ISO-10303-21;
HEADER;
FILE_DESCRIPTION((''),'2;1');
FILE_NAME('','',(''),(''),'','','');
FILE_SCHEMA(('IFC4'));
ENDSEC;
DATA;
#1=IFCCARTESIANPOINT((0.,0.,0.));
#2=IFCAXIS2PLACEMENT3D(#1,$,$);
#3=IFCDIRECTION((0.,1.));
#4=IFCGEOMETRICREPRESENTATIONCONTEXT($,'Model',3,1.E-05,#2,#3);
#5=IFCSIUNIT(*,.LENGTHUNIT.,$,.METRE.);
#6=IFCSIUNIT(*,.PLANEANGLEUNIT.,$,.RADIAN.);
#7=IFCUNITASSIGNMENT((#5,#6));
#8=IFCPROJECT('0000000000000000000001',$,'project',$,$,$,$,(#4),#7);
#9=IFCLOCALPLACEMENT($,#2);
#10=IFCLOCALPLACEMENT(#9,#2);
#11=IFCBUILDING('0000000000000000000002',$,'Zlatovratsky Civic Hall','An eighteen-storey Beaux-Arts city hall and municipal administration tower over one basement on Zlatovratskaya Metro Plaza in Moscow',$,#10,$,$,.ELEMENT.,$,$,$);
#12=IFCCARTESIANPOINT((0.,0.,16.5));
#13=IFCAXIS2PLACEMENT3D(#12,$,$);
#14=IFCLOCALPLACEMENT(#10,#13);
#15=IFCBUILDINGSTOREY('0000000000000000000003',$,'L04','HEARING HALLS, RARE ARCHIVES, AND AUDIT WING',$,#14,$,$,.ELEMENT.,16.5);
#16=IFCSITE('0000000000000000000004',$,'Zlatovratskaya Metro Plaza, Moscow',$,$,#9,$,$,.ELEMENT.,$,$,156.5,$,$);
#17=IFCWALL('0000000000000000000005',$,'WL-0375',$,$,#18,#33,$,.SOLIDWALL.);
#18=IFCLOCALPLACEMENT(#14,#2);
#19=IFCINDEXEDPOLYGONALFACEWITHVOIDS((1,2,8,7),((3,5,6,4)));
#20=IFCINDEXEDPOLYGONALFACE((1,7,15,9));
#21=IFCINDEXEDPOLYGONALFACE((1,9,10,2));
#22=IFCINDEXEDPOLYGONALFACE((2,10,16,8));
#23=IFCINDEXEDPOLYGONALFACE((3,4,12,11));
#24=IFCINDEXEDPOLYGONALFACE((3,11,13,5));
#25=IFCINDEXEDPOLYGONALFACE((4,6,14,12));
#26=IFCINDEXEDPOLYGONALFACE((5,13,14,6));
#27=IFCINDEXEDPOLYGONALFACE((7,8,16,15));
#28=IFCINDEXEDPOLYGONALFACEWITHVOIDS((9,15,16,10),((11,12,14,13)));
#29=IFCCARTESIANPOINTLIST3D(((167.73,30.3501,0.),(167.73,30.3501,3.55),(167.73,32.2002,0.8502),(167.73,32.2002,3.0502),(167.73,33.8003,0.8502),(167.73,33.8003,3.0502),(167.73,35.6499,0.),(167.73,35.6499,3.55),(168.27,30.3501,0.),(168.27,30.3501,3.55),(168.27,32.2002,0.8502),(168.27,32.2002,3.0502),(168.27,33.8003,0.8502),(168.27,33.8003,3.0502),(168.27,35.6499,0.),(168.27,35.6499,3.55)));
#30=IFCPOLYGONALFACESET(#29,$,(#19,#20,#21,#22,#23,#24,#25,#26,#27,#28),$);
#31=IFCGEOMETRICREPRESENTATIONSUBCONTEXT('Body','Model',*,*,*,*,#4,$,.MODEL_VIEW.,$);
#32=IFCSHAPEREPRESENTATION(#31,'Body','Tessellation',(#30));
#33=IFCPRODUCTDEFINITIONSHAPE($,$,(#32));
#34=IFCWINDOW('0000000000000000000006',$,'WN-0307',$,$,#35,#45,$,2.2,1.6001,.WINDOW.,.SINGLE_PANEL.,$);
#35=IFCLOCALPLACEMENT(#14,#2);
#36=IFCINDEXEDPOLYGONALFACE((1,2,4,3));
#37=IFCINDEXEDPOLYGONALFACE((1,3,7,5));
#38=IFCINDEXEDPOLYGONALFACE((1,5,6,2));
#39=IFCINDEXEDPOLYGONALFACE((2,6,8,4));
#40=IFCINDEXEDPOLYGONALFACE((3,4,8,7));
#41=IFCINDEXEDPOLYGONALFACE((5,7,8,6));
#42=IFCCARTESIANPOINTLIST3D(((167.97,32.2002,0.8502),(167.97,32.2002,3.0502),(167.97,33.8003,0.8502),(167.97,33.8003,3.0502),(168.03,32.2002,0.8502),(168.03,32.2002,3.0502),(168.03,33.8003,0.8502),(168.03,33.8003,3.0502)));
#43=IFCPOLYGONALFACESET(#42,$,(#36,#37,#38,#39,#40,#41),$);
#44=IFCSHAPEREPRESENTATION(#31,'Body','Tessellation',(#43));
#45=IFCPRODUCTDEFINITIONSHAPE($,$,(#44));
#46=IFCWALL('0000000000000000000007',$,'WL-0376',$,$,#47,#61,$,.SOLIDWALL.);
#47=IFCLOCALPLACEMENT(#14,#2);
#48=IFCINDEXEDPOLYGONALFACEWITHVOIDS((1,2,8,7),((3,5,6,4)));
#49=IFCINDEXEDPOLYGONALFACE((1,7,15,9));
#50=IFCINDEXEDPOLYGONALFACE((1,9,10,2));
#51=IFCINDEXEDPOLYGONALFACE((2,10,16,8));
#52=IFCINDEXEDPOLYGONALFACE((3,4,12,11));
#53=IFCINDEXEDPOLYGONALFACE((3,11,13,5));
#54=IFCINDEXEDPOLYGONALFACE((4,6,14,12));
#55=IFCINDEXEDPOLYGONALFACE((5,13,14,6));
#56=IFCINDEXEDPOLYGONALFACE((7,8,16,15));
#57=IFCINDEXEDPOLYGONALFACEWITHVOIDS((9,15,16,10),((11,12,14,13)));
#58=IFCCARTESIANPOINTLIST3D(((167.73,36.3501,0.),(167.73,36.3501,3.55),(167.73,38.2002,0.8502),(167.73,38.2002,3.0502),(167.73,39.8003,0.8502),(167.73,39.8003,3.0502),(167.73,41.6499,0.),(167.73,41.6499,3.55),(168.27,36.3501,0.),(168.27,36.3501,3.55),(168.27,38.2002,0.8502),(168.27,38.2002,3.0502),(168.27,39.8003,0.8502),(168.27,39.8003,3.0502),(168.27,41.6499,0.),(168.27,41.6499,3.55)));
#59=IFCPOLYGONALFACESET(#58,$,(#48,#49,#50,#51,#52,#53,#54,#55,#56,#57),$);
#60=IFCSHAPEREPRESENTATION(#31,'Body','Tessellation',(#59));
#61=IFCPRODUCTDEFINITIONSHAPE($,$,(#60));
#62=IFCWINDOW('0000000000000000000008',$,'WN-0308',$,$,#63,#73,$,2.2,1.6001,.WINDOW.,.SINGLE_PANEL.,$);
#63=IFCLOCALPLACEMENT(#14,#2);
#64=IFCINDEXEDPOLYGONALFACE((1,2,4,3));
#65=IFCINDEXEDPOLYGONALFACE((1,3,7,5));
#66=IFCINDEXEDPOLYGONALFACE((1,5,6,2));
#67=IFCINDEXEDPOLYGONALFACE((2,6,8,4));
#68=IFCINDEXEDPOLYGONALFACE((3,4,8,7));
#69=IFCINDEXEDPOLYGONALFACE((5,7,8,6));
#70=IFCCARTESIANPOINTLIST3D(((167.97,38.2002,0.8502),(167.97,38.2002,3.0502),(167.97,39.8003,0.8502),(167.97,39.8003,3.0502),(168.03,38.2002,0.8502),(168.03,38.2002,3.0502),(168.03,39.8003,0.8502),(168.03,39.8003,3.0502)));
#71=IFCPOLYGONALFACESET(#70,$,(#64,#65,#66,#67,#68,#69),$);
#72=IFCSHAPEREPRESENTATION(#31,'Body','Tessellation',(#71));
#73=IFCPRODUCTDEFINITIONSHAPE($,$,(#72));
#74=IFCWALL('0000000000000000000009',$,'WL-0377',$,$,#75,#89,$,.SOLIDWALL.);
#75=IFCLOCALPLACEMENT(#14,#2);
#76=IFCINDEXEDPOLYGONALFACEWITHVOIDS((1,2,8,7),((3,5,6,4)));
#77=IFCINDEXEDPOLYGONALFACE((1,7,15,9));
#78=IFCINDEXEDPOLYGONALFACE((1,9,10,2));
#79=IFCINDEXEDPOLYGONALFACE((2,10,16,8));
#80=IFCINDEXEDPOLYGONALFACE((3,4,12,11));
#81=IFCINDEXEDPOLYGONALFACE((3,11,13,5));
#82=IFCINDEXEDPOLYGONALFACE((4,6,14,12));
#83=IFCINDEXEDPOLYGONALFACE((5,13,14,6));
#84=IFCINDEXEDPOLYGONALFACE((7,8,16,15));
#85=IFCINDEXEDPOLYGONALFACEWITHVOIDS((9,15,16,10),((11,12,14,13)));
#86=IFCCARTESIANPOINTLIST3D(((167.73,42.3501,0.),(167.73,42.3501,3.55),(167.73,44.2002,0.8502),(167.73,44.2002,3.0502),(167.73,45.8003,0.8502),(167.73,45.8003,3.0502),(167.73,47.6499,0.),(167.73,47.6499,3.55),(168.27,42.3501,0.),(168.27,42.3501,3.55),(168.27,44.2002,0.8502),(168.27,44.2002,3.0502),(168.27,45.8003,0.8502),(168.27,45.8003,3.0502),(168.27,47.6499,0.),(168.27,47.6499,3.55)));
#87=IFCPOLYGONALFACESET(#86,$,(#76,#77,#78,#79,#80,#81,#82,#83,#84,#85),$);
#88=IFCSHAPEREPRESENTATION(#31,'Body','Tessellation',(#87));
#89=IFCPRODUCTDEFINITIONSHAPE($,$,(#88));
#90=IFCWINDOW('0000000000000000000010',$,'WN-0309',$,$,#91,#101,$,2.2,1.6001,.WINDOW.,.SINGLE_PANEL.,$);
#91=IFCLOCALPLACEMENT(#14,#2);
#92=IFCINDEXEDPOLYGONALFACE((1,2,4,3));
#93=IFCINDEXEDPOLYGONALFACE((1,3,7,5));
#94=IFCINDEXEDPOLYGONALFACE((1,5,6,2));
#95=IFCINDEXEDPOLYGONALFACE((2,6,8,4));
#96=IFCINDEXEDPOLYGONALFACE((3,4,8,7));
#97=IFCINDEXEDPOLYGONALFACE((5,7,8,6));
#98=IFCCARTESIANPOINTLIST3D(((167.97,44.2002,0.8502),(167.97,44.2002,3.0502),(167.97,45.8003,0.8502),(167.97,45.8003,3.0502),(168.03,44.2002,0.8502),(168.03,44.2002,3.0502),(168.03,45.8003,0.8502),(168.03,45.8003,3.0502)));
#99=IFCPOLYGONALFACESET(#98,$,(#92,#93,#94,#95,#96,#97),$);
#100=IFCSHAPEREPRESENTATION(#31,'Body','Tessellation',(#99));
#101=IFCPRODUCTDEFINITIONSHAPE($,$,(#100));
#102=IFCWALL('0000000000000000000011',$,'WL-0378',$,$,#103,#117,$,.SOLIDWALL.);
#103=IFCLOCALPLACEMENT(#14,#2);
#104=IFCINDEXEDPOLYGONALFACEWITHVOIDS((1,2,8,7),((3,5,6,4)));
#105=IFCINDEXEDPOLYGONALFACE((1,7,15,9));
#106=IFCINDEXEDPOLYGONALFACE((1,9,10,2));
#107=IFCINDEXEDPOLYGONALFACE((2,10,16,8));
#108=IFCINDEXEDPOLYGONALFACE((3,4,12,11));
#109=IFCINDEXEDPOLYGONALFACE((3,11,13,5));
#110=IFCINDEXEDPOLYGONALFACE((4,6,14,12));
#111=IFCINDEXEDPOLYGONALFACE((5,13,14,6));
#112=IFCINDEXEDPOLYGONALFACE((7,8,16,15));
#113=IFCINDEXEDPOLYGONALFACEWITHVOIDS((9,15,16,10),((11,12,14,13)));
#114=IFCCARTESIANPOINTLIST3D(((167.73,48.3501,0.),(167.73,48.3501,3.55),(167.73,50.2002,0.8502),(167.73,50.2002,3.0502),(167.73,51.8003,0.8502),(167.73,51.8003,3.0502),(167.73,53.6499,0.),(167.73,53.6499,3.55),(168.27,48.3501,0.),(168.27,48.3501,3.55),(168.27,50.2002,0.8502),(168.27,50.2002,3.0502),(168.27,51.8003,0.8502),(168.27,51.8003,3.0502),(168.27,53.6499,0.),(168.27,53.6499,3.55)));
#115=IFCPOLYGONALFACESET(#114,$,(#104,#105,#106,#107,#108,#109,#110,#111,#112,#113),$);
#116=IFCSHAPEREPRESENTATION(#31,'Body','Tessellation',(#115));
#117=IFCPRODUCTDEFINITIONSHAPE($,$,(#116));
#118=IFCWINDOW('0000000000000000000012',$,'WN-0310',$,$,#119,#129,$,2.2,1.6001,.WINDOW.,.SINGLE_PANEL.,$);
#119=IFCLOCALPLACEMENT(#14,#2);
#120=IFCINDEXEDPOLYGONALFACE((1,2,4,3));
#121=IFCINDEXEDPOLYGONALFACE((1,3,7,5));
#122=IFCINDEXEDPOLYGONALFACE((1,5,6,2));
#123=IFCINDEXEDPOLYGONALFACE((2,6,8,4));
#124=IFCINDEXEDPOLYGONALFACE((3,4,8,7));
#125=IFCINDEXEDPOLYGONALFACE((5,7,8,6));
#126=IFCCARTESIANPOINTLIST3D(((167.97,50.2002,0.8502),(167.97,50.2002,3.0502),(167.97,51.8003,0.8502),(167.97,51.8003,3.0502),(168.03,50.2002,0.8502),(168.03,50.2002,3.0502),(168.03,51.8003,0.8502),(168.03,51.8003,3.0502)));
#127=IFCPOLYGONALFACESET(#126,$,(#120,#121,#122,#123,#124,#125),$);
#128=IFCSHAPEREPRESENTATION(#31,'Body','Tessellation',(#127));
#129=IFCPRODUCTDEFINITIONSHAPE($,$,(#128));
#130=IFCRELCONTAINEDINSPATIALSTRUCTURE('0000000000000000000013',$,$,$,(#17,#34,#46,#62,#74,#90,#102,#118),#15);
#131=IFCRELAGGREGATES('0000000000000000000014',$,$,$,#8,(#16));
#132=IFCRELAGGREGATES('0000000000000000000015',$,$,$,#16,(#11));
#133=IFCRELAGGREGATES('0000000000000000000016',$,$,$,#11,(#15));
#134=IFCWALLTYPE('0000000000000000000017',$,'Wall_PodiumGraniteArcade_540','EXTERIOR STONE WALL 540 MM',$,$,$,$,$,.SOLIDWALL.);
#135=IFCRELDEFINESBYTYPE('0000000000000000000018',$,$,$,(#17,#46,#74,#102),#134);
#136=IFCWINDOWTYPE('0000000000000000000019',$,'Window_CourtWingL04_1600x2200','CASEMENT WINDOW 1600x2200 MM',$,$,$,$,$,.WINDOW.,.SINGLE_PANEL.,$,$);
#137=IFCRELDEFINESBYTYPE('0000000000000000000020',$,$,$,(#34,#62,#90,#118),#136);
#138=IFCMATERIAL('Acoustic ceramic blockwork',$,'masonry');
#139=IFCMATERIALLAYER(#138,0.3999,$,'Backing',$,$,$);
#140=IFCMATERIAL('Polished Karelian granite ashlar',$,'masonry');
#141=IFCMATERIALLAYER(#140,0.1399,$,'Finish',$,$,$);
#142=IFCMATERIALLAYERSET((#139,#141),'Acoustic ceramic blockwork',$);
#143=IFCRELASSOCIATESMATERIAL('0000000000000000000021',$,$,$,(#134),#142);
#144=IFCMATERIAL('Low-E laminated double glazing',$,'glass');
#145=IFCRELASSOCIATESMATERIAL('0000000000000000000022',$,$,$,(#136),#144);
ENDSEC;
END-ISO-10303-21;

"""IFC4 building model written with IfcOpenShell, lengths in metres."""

from ifc_helpers import new_model, si_unit, direction, frame, frame_2d, origin, place, context, subcontext, project, spatial, rectangle, extrude, material, layer, layer_set, type_object, element, fill, save


model = new_model("IFC4")

# Units and contexts
model_context = context("Model", 3, precision=1e-05, world=origin(), true_north=direction((0.0, 1.0)))
body_context = subcontext(model_context, "Body", "Model", "MODEL_VIEW")
ifc_project = project(units=[si_unit("LENGTHUNIT", "METRE"), si_unit("PLANEANGLEUNIT", "RADIAN")], contexts=[model_context])

# Site, building, storey
site_placement = place(None, origin())
site = spatial("IfcSite", under=ifc_project, at=site_placement, Name="Zlatovratskaya Metro Plaza, Moscow", CompositionType="ELEMENT", RefElevation=156.5)
building_placement = place(site_placement, origin())
building = spatial("IfcBuilding", under=site, at=building_placement, Name="Zlatovratsky Civic Hall", Description="An eighteen-storey Beaux-Arts city hall and municipal administration tower over one basement on Zlatovratskaya Metro Plaza in Moscow", CompositionType="ELEMENT")
storey_placement = place(building_placement, frame((0.0, 0.0, 16.5)))
storey = spatial("IfcBuildingStorey", under=building, at=storey_placement, Name="L04", Description="HEARING HALLS, RARE ARCHIVES, AND AUDIT WING", CompositionType="ELEMENT", Elevation=16.5)

# Walls, openings, windows
ifc_material_1 = material(Name="Acoustic ceramic blockwork", Category="masonry")
ifc_layer_1 = layer(ifc_material_1, 0.3999, Name="Backing")
ifc_material_2 = material(Name="Polished Karelian granite ashlar", Category="masonry")
ifc_layer_2 = layer(ifc_material_2, 0.1399, Name="Finish")
ifc_layer_set = layer_set([ifc_layer_1, ifc_layer_2], Name="Acoustic ceramic blockwork")
wall_type = type_object("IfcWallType", Name="Wall_PodiumGraniteArcade_540", Description="EXTERIOR STONE WALL 540 MM", PredefinedType="SOLIDWALL", material=ifc_layer_set)
wall_1_placement = place(storey_placement, frame((168.0, 30.3501, 0.0), z_axis=(0.0, 0.0, 1.0), x_axis=(0.0, 1.0, 0.0)))
wall_1 = element("IfcWall", 1, at=wall_1_placement, inside=storey, type_object=wall_type, Name="WL-0375", PredefinedType="SOLIDWALL", context=body_context, shape_type="SweptSolid", body=[
    extrude(rectangle(XDim=5.2998, YDim=0.54, at=frame_2d((2.6499, 0.0))), origin(), (0.0, 0.0, 1.0), 3.55),
])
opening_1_placement = place(wall_1_placement, frame((1.8501, 0.0, 0.8501)))
opening_1 = element("IfcOpeningElement", 2, at=opening_1_placement, cuts=wall_1, PredefinedType="OPENING", context=body_context, shape_type="SweptSolid", body=[
    extrude(rectangle(XDim=1.6001, YDim=2.2, at=frame_2d((0.8, 1.1001))), frame((0.0, 0.2849, 0.0), z_axis=(0.0, -1.0, 0.0), x_axis=(1.0, 0.0, 0.0)), (0.0, 0.0, 1.0), 0.5698),
])
ifc_material_3 = material(Name="Low-E laminated double glazing", Category="glass")
window_type = type_object("IfcWindowType", Name="Window_CourtWingL04_1600x2200", Description="CASEMENT WINDOW 1600x2200 MM", PartitioningType="SINGLE_PANEL", PredefinedType="WINDOW", material=ifc_material_3)
window_1_placement = place(opening_1_placement, origin())
window_1 = element("IfcWindow", 3, at=window_1_placement, inside=storey, type_object=window_type, Name="WN-0307", OverallHeight=2.2, OverallWidth=1.6001, PartitioningType="SINGLE_PANEL", PredefinedType="WINDOW", context=body_context, shape_type="SweptSolid", body=[
    extrude(rectangle(XDim=1.6001, YDim=2.2, at=frame_2d((0.8, 1.1001))), frame((0.0, 0.03, 0.0), z_axis=(0.0, -1.0, 0.0), x_axis=(1.0, 0.0, 0.0)), (0.0, 0.0, 1.0), 0.0601),
])
fill(opening_1, window_1)
wall_2_placement = place(storey_placement, frame((168.0, 36.3501, 0.0), z_axis=(0.0, 0.0, 1.0), x_axis=(0.0, 1.0, 0.0)))
wall_2 = element("IfcWall", 4, at=wall_2_placement, inside=storey, type_object=wall_type, Name="WL-0376", PredefinedType="SOLIDWALL", context=body_context, shape_type="SweptSolid", body=[
    extrude(rectangle(XDim=5.2998, YDim=0.54, at=frame_2d((2.6499, 0.0))), origin(), (0.0, 0.0, 1.0), 3.55),
])
opening_2_placement = place(wall_2_placement, frame((1.8501, 0.0, 0.8501)))
opening_2 = element("IfcOpeningElement", 5, at=opening_2_placement, cuts=wall_2, PredefinedType="OPENING", context=body_context, shape_type="SweptSolid", body=[
    extrude(rectangle(XDim=1.6001, YDim=2.2, at=frame_2d((0.8, 1.1001))), frame((0.0, 0.2849, 0.0), z_axis=(0.0, -1.0, 0.0), x_axis=(1.0, 0.0, 0.0)), (0.0, 0.0, 1.0), 0.5698),
])
window_2_placement = place(opening_2_placement, origin())
window_2 = element("IfcWindow", 6, at=window_2_placement, inside=storey, type_object=window_type, Name="WN-0308", OverallHeight=2.2, OverallWidth=1.6001, PartitioningType="SINGLE_PANEL", PredefinedType="WINDOW", context=body_context, shape_type="SweptSolid", body=[
    extrude(rectangle(XDim=1.6001, YDim=2.2, at=frame_2d((0.8, 1.1001))), frame((0.0, 0.03, 0.0), z_axis=(0.0, -1.0, 0.0), x_axis=(1.0, 0.0, 0.0)), (0.0, 0.0, 1.0), 0.0601),
])
fill(opening_2, window_2)
wall_3_placement = place(storey_placement, frame((168.0, 42.3501, 0.0), z_axis=(0.0, 0.0, 1.0), x_axis=(0.0, 1.0, 0.0)))
wall_3 = element("IfcWall", 7, at=wall_3_placement, inside=storey, type_object=wall_type, Name="WL-0377", PredefinedType="SOLIDWALL", context=body_context, shape_type="SweptSolid", body=[
    extrude(rectangle(XDim=5.2998, YDim=0.54, at=frame_2d((2.6499, 0.0))), origin(), (0.0, 0.0, 1.0), 3.55),
])
opening_3_placement = place(wall_3_placement, frame((1.8501, 0.0, 0.8501)))
opening_3 = element("IfcOpeningElement", 8, at=opening_3_placement, cuts=wall_3, PredefinedType="OPENING", context=body_context, shape_type="SweptSolid", body=[
    extrude(rectangle(XDim=1.6001, YDim=2.2, at=frame_2d((0.8, 1.1001))), frame((0.0, 0.2849, 0.0), z_axis=(0.0, -1.0, 0.0), x_axis=(1.0, 0.0, 0.0)), (0.0, 0.0, 1.0), 0.5698),
])
window_3_placement = place(opening_3_placement, origin())
window_3 = element("IfcWindow", 9, at=window_3_placement, inside=storey, type_object=window_type, Name="WN-0309", OverallHeight=2.2, OverallWidth=1.6001, PartitioningType="SINGLE_PANEL", PredefinedType="WINDOW", context=body_context, shape_type="SweptSolid", body=[
    extrude(rectangle(XDim=1.6001, YDim=2.2, at=frame_2d((0.8, 1.1001))), frame((0.0, 0.03, 0.0), z_axis=(0.0, -1.0, 0.0), x_axis=(1.0, 0.0, 0.0)), (0.0, 0.0, 1.0), 0.0601),
])
fill(opening_3, window_3)
wall_4_placement = place(storey_placement, frame((168.0, 48.3501, 0.0), z_axis=(0.0, 0.0, 1.0), x_axis=(0.0, 1.0, 0.0)))
wall_4 = element("IfcWall", 10, at=wall_4_placement, inside=storey, type_object=wall_type, Name="WL-0378", PredefinedType="SOLIDWALL", context=body_context, shape_type="SweptSolid", body=[
    extrude(rectangle(XDim=5.2998, YDim=0.54, at=frame_2d((2.6499, 0.0))), origin(), (0.0, 0.0, 1.0), 3.55),
])
opening_4_placement = place(wall_4_placement, frame((1.8501, 0.0, 0.8501)))
opening_4 = element("IfcOpeningElement", 11, at=opening_4_placement, cuts=wall_4, PredefinedType="OPENING", context=body_context, shape_type="SweptSolid", body=[
    extrude(rectangle(XDim=1.6001, YDim=2.2, at=frame_2d((0.8, 1.1001))), frame((0.0, 0.2849, 0.0), z_axis=(0.0, -1.0, 0.0), x_axis=(1.0, 0.0, 0.0)), (0.0, 0.0, 1.0), 0.5698),
])
window_4_placement = place(opening_4_placement, origin())
window_4 = element("IfcWindow", 12, at=window_4_placement, inside=storey, type_object=window_type, Name="WN-0310", OverallHeight=2.2, OverallWidth=1.6001, PartitioningType="SINGLE_PANEL", PredefinedType="WINDOW", context=body_context, shape_type="SweptSolid", body=[
    extrude(rectangle(XDim=1.6001, YDim=2.2, at=frame_2d((0.8, 1.1001))), frame((0.0, 0.03, 0.0), z_axis=(0.0, -1.0, 0.0), x_axis=(1.0, 0.0, 0.0)), (0.0, 0.0, 1.0), 0.0601),
])
fill(opening_4, window_4)

save(model, "model.ifc")
